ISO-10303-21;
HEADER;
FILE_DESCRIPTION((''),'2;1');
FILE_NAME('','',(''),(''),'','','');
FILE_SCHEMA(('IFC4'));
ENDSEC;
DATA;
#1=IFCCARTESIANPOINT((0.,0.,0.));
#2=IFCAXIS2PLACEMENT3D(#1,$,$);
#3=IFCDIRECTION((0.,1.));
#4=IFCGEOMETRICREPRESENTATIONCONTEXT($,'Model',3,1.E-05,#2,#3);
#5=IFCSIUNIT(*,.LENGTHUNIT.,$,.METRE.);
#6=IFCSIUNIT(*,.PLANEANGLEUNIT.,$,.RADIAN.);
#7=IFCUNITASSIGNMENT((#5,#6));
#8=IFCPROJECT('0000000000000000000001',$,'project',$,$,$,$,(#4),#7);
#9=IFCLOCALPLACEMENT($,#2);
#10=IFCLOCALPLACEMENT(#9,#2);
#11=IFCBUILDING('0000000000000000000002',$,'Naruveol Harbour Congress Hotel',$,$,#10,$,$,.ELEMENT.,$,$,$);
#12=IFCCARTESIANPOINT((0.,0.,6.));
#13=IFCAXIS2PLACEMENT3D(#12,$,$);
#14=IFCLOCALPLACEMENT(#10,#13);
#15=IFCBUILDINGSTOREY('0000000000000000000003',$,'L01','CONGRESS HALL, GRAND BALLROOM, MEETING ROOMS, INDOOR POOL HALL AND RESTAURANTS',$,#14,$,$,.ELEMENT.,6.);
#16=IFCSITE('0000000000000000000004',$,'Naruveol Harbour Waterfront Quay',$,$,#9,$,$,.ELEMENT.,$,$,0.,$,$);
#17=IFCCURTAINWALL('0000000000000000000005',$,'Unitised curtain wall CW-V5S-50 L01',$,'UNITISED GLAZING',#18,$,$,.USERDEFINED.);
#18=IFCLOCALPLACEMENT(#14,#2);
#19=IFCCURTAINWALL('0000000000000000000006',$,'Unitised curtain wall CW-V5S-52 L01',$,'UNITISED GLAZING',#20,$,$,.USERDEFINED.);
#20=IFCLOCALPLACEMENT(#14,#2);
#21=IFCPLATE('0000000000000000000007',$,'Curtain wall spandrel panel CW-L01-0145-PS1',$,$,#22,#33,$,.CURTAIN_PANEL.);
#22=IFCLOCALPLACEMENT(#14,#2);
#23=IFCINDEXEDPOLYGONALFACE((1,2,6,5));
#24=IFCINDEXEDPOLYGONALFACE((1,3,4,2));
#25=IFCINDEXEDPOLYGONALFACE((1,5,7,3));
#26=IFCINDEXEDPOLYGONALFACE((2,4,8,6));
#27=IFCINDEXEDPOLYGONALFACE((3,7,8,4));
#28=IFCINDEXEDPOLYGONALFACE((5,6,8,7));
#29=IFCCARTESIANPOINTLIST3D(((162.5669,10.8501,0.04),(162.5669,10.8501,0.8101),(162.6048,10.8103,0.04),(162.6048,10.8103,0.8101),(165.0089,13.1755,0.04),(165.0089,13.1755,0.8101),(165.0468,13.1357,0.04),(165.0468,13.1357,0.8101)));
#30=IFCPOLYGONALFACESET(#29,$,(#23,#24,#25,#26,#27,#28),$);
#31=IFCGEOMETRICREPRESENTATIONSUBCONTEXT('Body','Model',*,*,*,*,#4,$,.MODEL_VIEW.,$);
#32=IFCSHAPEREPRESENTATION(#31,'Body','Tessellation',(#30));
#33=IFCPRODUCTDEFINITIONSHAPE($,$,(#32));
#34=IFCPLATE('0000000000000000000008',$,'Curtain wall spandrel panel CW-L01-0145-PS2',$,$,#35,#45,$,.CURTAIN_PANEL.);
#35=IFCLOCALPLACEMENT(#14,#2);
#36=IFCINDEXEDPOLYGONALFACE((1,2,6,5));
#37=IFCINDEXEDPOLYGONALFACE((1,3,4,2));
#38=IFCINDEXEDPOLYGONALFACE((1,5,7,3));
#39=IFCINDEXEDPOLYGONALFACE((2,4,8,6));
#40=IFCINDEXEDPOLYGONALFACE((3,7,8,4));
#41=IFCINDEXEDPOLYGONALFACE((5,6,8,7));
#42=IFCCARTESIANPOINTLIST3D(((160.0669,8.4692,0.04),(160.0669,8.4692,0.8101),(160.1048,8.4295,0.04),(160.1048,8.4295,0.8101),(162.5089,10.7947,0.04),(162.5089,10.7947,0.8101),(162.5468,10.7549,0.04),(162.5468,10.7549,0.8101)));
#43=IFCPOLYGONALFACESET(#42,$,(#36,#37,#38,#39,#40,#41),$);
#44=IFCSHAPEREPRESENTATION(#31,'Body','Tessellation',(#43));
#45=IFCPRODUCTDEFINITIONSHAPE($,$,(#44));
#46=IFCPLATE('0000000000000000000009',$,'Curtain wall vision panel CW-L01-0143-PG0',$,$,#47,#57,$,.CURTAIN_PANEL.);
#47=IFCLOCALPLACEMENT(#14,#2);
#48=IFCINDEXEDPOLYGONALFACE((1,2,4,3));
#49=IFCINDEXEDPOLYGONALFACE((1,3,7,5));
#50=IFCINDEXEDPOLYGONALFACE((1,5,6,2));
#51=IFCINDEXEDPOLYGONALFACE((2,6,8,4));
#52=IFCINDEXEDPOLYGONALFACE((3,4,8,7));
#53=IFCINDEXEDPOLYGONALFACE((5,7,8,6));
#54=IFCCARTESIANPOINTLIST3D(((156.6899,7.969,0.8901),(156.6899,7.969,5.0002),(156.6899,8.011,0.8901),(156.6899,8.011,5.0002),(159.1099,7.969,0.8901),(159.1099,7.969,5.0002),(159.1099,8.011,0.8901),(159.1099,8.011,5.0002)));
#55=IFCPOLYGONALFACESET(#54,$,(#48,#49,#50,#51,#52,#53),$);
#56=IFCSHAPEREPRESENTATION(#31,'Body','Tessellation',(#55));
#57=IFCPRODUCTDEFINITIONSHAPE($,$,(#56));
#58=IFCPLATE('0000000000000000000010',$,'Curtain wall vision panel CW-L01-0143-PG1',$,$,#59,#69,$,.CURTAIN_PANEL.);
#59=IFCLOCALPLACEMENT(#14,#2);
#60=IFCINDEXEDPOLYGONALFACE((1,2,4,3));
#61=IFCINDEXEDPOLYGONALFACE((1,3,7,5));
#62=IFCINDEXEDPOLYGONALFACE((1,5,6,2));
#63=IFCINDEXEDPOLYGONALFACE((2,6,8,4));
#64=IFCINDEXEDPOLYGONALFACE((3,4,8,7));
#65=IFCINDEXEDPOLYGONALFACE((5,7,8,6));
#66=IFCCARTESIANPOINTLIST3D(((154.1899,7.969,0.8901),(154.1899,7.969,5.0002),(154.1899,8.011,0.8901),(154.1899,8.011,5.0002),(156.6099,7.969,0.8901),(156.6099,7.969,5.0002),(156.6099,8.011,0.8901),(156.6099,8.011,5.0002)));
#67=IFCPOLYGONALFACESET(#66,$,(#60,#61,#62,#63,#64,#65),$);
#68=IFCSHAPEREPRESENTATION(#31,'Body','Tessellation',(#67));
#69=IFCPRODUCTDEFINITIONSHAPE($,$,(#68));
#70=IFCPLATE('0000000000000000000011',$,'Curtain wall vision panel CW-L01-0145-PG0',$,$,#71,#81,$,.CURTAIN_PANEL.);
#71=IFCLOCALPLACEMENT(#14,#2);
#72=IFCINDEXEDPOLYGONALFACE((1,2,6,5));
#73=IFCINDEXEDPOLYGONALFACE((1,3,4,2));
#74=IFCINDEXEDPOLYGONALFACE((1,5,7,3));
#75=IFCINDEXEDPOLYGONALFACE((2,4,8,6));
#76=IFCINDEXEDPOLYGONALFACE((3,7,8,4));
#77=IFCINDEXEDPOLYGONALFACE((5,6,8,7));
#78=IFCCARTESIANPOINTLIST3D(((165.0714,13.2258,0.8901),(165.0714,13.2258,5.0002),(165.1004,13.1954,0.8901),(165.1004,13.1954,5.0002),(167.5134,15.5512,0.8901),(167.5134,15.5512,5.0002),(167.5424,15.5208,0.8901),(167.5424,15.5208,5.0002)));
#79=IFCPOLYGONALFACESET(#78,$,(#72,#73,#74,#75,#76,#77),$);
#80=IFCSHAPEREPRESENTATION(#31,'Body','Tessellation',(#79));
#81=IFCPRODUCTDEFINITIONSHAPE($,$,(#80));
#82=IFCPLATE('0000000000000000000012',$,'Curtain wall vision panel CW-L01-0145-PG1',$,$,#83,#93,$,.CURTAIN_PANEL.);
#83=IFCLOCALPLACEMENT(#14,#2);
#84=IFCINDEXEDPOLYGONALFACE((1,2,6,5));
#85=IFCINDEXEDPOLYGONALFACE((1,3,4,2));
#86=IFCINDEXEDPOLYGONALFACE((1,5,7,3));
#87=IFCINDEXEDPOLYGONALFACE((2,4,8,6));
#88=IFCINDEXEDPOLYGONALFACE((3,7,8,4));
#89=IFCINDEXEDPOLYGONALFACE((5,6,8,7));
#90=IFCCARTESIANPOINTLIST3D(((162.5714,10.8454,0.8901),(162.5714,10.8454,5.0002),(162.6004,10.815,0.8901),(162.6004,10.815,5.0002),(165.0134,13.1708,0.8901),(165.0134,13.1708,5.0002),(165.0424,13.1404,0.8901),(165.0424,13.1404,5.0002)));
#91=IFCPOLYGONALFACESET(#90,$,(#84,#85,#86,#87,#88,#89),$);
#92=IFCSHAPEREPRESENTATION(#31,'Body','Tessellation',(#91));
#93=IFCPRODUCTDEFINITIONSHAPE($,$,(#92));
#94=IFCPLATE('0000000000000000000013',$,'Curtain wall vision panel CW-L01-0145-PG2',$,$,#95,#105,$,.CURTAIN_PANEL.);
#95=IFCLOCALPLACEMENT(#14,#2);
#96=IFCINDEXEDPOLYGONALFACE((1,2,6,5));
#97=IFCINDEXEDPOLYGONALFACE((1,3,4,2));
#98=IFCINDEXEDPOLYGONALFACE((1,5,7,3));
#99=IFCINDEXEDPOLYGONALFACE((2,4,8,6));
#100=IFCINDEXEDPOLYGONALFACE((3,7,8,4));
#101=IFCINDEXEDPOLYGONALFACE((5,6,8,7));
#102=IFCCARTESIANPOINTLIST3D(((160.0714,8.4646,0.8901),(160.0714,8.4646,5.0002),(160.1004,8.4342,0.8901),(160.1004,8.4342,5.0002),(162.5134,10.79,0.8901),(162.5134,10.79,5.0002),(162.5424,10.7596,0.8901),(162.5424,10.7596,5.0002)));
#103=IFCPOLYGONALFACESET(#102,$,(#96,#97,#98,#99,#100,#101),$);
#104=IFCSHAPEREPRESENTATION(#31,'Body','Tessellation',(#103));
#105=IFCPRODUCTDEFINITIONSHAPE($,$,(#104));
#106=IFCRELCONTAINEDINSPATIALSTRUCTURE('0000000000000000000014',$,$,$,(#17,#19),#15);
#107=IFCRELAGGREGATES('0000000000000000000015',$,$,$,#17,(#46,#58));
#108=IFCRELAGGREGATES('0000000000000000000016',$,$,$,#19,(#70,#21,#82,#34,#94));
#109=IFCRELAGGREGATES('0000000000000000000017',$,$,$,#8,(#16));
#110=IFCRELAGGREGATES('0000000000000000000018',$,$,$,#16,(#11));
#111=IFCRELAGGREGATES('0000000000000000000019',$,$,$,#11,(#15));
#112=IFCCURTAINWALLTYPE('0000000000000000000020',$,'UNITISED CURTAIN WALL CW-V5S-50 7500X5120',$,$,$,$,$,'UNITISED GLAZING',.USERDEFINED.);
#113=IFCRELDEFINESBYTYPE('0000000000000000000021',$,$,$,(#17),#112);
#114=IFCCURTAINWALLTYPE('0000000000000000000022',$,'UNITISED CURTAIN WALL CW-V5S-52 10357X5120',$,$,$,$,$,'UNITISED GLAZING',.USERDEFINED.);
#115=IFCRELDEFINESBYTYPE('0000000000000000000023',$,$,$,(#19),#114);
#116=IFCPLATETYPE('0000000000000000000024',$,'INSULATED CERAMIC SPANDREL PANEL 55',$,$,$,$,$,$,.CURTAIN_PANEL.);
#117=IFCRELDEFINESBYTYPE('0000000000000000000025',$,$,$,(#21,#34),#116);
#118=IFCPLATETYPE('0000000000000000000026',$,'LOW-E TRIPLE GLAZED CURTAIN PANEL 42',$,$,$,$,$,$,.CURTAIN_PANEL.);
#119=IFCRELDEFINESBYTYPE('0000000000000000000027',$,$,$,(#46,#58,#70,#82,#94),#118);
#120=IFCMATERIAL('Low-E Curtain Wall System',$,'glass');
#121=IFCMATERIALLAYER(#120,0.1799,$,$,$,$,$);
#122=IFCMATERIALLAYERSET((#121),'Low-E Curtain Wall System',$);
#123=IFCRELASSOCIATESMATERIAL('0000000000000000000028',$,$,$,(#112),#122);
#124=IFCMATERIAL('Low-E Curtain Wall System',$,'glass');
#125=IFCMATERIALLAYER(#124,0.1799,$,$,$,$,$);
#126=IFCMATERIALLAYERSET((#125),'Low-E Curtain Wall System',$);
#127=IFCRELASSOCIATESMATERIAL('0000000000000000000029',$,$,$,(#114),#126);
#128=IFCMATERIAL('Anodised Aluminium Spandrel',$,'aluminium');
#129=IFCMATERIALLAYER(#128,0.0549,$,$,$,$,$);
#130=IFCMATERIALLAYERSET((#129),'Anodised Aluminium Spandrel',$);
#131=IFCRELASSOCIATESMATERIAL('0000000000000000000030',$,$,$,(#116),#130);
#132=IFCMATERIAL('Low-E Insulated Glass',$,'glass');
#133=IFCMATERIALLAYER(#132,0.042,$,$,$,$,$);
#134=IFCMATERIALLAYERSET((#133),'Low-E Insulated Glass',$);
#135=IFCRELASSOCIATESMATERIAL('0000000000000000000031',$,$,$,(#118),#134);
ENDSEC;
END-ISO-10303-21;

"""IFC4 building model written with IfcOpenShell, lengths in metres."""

from ifc_helpers import new_model, si_unit, direction, frame, origin, origin_2d, place, context, subcontext, project, spatial, rectangle, extrude, material, layer, layer_set, type_object, element, aggregate, save


model = new_model("IFC4")

# Units and contexts
model_context = context("Model", 3, precision=1e-05, world=origin(), true_north=direction((0.0, 1.0)))
body_context = subcontext(model_context, "Body", "Model", "MODEL_VIEW")
ifc_project = project(units=[si_unit("LENGTHUNIT", "METRE"), si_unit("PLANEANGLEUNIT", "RADIAN")], contexts=[model_context])

# Site, building, storey
site_placement = place(None, origin())
site = spatial("IfcSite", under=ifc_project, at=site_placement, Name="Naruveol Harbour Waterfront Quay", CompositionType="ELEMENT", RefElevation=0.0)
building_placement = place(site_placement, origin())
building = spatial("IfcBuilding", under=site, at=building_placement, Name="Naruveol Harbour Congress Hotel", CompositionType="ELEMENT")
storey_placement = place(building_placement, frame((0.0, 0.0, 6.0)))
storey = spatial("IfcBuildingStorey", under=building, at=storey_placement, Name="L01", Description="CONGRESS HALL, GRAND BALLROOM, MEETING ROOMS, INDOOR POOL HALL AND RESTAURANTS", CompositionType="ELEMENT", Elevation=6.0)

# Curtain walls
ifc_material_1 = material(Name="Low-E Curtain Wall System", Category="glass")
ifc_layer_1 = layer(ifc_material_1, 0.1799)
ifc_layer_set_1 = layer_set([ifc_layer_1], Name="Low-E Curtain Wall System")
curtain_wall_type_1 = type_object("IfcCurtainWallType", Name="UNITISED CURTAIN WALL CW-V5S-50 7500X5120", ElementType="UNITISED GLAZING", PredefinedType="USERDEFINED", material=ifc_layer_set_1)
curtain_wall_1_placement = place(storey_placement, origin())
curtain_wall_1 = element("IfcCurtainWall", 1, at=curtain_wall_1_placement, inside=storey, type_object=curtain_wall_type_1, Name="Unitised curtain wall CW-V5S-50 L01", ObjectType="UNITISED GLAZING", PredefinedType="USERDEFINED")
ifc_material_2 = material(Name="Low-E Curtain Wall System", Category="glass")
ifc_layer_2 = layer(ifc_material_2, 0.1799)
ifc_layer_set_2 = layer_set([ifc_layer_2], Name="Low-E Curtain Wall System")
curtain_wall_type_2 = type_object("IfcCurtainWallType", Name="UNITISED CURTAIN WALL CW-V5S-52 10357X5120", ElementType="UNITISED GLAZING", PredefinedType="USERDEFINED", material=ifc_layer_set_2)
curtain_wall_2_placement = place(storey_placement, origin())
curtain_wall_2 = element("IfcCurtainWall", 2, at=curtain_wall_2_placement, inside=storey, type_object=curtain_wall_type_2, Name="Unitised curtain wall CW-V5S-52 L01", ObjectType="UNITISED GLAZING", PredefinedType="USERDEFINED")

# Plates
ifc_material_3 = material(Name="Anodised Aluminium Spandrel", Category="aluminium")
ifc_layer_3 = layer(ifc_material_3, 0.0549)
ifc_layer_set_3 = layer_set([ifc_layer_3], Name="Anodised Aluminium Spandrel")
plate_type_1 = type_object("IfcPlateType", Name="INSULATED CERAMIC SPANDREL PANEL 55", PredefinedType="CURTAIN_PANEL", material=ifc_layer_set_3)
plate_1_placement = place(storey_placement, frame((163.8069, 11.9929, 0.04), z_axis=(0.0, 0.0, 1.0), x_axis=(-0.724184, -0.689607, 0.0)))
plate_1 = element("IfcPlate", 3, at=plate_1_placement, type_object=plate_type_1, Name="Curtain wall spandrel panel CW-L01-0145-PS1", PredefinedType="CURTAIN_PANEL", context=body_context, shape_type="SweptSolid", body=[
    extrude(rectangle(XDim=3.3721, YDim=0.0549, at=origin_2d()), origin(), (0.0, 0.0, 1.0), 0.77),
])
plate_2_placement = place(storey_placement, frame((161.3069, 9.6121, 0.04), z_axis=(0.0, 0.0, 1.0), x_axis=(-0.724184, -0.689607, 0.0)))
plate_2 = element("IfcPlate", 4, at=plate_2_placement, type_object=plate_type_1, Name="Curtain wall spandrel panel CW-L01-0145-PS2", PredefinedType="CURTAIN_PANEL", context=body_context, shape_type="SweptSolid", body=[
    extrude(rectangle(XDim=3.3721, YDim=0.0549, at=origin_2d()), origin(), (0.0, 0.0, 1.0), 0.77),
])
ifc_material_4 = material(Name="Low-E Insulated Glass", Category="glass")
ifc_layer_4 = layer(ifc_material_4, 0.042)
ifc_layer_set_4 = layer_set([ifc_layer_4], Name="Low-E Insulated Glass")
plate_type_2 = type_object("IfcPlateType", Name="LOW-E TRIPLE GLAZED CURTAIN PANEL 42", PredefinedType="CURTAIN_PANEL", material=ifc_layer_set_4)
plate_3_placement = place(storey_placement, frame((157.8999, 7.99, 0.8901), z_axis=(0.0, 0.0, 1.0), x_axis=(-1.0, 0.0, 0.0)))
plate_3 = element("IfcPlate", 5, at=plate_3_placement, type_object=plate_type_2, Name="Curtain wall vision panel CW-L01-0143-PG0", PredefinedType="CURTAIN_PANEL", context=body_context, shape_type="SweptSolid", body=[
    extrude(rectangle(XDim=2.4199, YDim=0.042, at=origin_2d()), origin(), (0.0, 0.0, 1.0), 4.1101),
])
plate_4_placement = place(storey_placement, frame((155.3999, 7.99, 0.8901), z_axis=(0.0, 0.0, 1.0), x_axis=(-1.0, 0.0, 0.0)))
plate_4 = element("IfcPlate", 6, at=plate_4_placement, type_object=plate_type_2, Name="Curtain wall vision panel CW-L01-0143-PG1", PredefinedType="CURTAIN_PANEL", context=body_context, shape_type="SweptSolid", body=[
    extrude(rectangle(XDim=2.4199, YDim=0.042, at=origin_2d()), origin(), (0.0, 0.0, 1.0), 4.1101),
])
aggregate(curtain_wall_1, [plate_3, plate_4])
plate_5_placement = place(storey_placement, frame((166.3069, 14.3733, 0.8901), z_axis=(0.0, 0.0, 1.0), x_axis=(-0.724184, -0.689607, 0.0)))
plate_5 = element("IfcPlate", 7, at=plate_5_placement, type_object=plate_type_2, Name="Curtain wall vision panel CW-L01-0145-PG0", PredefinedType="CURTAIN_PANEL", context=body_context, shape_type="SweptSolid", body=[
    extrude(rectangle(XDim=3.3721, YDim=0.042, at=origin_2d()), origin(), (0.0, 0.0, 1.0), 4.1101),
])
plate_6_placement = place(storey_placement, frame((163.8069, 11.9929, 0.8901), z_axis=(0.0, 0.0, 1.0), x_axis=(-0.724184, -0.689607, 0.0)))
plate_6 = element("IfcPlate", 8, at=plate_6_placement, type_object=plate_type_2, Name="Curtain wall vision panel CW-L01-0145-PG1", PredefinedType="CURTAIN_PANEL", context=body_context, shape_type="SweptSolid", body=[
    extrude(rectangle(XDim=3.3721, YDim=0.042, at=origin_2d()), origin(), (0.0, 0.0, 1.0), 4.1101),
])
plate_7_placement = place(storey_placement, frame((161.3069, 9.6121, 0.8901), z_axis=(0.0, 0.0, 1.0), x_axis=(-0.724184, -0.689607, 0.0)))
plate_7 = element("IfcPlate", 9, at=plate_7_placement, type_object=plate_type_2, Name="Curtain wall vision panel CW-L01-0145-PG2", PredefinedType="CURTAIN_PANEL", context=body_context, shape_type="SweptSolid", body=[
    extrude(rectangle(XDim=3.3721, YDim=0.042, at=origin_2d()), origin(), (0.0, 0.0, 1.0), 4.1101),
])
aggregate(curtain_wall_2, [plate_5, plate_1, plate_6, plate_2, plate_7])

save(model, "model.ifc")
